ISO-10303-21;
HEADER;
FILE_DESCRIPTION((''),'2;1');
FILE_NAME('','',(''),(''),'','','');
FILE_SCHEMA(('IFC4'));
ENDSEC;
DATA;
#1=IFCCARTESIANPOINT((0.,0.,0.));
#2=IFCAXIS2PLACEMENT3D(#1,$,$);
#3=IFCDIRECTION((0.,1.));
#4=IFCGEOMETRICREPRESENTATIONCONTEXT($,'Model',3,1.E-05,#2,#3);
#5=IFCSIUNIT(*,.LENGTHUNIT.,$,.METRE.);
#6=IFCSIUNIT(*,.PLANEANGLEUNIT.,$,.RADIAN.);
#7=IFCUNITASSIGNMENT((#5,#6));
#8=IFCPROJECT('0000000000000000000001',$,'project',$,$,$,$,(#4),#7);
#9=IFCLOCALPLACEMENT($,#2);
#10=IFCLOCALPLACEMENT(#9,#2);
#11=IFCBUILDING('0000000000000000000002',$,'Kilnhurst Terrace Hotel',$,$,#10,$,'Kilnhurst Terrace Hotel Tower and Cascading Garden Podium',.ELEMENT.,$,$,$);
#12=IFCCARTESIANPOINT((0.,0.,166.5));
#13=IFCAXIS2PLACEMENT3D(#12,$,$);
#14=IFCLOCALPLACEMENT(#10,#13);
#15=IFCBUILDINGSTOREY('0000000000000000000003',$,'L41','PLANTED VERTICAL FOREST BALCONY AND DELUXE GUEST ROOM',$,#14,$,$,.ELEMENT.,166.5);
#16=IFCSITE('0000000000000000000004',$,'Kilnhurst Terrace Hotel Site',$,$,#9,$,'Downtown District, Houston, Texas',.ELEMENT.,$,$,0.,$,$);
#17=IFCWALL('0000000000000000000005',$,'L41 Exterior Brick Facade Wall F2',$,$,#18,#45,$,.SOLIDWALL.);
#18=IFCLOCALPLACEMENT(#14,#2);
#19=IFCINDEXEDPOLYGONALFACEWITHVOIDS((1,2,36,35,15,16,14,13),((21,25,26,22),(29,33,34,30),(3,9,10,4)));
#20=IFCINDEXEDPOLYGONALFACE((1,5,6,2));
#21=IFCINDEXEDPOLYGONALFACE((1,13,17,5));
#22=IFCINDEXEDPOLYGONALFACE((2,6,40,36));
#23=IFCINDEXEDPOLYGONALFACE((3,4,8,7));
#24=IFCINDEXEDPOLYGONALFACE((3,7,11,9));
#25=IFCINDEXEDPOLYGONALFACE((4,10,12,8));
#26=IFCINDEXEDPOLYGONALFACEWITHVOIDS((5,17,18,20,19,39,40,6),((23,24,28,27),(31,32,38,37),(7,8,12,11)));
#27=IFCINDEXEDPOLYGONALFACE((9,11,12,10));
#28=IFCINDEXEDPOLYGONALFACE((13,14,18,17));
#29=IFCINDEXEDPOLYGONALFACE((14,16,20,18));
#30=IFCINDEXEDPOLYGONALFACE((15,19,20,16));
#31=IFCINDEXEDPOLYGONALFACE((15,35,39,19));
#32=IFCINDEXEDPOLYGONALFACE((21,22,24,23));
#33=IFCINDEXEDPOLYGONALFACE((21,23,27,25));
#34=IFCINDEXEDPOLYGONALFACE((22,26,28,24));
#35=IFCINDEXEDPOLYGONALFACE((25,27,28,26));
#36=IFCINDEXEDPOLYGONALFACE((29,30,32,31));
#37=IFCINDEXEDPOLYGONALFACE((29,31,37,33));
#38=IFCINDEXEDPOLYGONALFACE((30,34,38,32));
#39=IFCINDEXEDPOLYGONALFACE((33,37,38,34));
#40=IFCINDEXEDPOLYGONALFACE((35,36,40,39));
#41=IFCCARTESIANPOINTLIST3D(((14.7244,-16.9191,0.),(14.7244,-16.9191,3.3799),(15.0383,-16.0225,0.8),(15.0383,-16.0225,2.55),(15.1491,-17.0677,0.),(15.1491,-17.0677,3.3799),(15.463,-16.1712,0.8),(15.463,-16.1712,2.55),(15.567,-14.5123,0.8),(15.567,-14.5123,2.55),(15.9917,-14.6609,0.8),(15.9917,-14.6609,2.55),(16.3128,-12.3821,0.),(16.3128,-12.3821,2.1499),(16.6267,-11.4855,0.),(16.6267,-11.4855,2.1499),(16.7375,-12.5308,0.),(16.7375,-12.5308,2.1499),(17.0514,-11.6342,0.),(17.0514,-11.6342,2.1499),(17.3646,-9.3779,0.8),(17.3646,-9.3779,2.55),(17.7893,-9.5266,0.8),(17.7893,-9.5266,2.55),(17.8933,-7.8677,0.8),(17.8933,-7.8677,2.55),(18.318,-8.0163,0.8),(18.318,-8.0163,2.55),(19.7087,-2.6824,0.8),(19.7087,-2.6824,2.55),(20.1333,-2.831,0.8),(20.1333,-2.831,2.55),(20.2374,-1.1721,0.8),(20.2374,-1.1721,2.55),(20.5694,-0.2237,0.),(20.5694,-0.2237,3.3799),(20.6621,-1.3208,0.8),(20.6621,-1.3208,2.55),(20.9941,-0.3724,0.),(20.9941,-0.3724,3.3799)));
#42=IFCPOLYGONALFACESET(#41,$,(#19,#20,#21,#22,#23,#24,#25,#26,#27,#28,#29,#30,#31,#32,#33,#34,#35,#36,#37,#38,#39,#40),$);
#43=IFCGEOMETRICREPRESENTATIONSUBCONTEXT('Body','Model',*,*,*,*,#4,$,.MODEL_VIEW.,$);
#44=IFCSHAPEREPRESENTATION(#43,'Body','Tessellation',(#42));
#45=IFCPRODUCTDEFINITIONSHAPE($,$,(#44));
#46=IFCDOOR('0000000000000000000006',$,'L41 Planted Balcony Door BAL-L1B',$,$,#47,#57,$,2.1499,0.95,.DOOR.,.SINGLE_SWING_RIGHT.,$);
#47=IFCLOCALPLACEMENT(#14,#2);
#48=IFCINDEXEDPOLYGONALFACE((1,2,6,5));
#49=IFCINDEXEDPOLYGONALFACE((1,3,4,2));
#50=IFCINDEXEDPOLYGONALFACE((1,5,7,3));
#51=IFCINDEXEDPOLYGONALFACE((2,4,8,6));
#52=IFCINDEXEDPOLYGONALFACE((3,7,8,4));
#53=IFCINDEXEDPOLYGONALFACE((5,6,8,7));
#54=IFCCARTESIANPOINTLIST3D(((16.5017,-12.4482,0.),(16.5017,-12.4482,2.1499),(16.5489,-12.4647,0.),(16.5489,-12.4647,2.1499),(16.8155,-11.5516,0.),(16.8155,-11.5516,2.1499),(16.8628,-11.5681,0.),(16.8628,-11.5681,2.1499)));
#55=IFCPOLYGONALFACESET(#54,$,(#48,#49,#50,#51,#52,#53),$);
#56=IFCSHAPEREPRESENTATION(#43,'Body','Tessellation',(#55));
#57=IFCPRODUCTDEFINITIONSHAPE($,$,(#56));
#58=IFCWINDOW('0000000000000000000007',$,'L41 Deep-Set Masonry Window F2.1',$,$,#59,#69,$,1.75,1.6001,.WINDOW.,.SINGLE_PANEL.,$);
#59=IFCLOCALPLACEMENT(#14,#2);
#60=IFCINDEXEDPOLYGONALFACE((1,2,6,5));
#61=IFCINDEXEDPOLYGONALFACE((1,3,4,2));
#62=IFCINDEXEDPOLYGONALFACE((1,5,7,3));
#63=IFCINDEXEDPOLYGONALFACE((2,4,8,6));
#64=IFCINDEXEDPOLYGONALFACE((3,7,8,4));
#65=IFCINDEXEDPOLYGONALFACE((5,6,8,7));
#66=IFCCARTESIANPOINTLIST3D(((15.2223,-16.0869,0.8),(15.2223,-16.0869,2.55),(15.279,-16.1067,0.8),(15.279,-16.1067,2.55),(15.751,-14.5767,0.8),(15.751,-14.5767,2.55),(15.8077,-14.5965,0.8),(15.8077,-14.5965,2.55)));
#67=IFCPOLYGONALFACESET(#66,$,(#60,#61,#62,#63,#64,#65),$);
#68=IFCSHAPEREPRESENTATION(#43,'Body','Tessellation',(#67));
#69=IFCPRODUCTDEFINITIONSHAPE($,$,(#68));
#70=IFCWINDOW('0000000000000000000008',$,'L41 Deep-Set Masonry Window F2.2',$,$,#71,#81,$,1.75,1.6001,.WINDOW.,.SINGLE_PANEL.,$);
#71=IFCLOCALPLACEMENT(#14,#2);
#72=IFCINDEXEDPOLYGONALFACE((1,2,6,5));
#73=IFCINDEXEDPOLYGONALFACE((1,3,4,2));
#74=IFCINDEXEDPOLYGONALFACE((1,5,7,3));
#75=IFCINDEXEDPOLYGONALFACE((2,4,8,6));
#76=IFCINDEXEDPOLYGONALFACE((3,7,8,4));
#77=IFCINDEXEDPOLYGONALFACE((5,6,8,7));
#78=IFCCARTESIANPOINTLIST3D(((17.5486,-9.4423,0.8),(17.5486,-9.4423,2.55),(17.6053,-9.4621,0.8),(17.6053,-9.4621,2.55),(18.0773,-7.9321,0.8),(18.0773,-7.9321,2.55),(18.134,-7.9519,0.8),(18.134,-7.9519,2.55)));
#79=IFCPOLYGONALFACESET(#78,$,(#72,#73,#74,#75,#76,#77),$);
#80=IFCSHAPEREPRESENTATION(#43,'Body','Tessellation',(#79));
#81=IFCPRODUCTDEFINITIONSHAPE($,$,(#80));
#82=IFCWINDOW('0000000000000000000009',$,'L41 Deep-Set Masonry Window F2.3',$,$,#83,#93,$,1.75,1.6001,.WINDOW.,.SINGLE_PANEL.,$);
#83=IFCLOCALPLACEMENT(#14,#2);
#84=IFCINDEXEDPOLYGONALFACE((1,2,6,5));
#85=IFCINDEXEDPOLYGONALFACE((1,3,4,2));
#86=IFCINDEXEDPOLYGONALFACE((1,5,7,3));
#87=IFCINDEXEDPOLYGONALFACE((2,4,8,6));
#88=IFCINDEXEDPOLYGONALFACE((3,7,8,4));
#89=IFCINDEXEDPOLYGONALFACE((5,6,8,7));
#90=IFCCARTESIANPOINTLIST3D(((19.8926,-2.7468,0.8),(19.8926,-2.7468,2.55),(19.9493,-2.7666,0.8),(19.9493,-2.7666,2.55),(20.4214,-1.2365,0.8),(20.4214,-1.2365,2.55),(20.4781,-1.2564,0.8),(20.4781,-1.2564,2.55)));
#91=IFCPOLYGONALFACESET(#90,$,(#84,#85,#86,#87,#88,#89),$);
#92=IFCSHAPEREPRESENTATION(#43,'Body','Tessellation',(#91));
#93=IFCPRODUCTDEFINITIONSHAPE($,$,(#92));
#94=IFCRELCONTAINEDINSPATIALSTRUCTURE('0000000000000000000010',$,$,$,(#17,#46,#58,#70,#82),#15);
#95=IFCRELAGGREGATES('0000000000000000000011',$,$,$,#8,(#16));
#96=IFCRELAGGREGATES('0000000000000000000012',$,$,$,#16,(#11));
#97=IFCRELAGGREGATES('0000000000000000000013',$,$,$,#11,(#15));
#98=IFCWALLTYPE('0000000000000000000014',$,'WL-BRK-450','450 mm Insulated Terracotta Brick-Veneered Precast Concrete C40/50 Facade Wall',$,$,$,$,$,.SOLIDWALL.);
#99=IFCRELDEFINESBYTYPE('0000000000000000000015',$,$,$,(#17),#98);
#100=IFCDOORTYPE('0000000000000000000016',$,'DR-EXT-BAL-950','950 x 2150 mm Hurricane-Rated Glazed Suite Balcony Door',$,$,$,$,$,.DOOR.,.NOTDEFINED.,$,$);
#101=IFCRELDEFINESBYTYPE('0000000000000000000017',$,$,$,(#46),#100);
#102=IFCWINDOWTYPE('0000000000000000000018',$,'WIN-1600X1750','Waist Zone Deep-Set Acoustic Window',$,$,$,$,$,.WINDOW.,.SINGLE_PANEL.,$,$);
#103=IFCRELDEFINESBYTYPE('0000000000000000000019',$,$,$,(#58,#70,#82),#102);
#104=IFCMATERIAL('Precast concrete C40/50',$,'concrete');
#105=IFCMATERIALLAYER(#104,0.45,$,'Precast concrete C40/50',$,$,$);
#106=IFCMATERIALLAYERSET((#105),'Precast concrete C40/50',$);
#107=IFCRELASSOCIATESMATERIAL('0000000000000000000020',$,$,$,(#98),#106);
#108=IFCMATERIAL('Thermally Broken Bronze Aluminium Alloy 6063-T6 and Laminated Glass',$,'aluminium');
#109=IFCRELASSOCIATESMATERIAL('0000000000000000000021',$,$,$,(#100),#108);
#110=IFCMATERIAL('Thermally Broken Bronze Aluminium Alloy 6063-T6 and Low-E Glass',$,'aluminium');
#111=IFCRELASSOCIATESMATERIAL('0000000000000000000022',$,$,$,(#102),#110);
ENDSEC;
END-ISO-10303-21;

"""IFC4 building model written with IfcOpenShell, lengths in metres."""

from ifc_helpers import new_model, si_unit, direction, frame, frame_2d, origin, place, context, subcontext, project, spatial, rectangle, extrude, material, layer, layer_set, type_object, element, fill, save


model = new_model("IFC4")

# Units and contexts
model_context = context("Model", 3, precision=1e-05, world=origin(), true_north=direction((0.0, 1.0)))
body_context = subcontext(model_context, "Body", "Model", "MODEL_VIEW")
ifc_project = project(units=[si_unit("LENGTHUNIT", "METRE"), si_unit("PLANEANGLEUNIT", "RADIAN")], contexts=[model_context])

# Site, building, storey
site_placement = place(None, origin())
site = spatial("IfcSite", under=ifc_project, at=site_placement, Name="Kilnhurst Terrace Hotel Site", LongName="Downtown District, Houston, Texas", CompositionType="ELEMENT", RefElevation=0.0)
building_placement = place(site_placement, origin())
building = spatial("IfcBuilding", under=site, at=building_placement, Name="Kilnhurst Terrace Hotel", LongName="Kilnhurst Terrace Hotel Tower and Cascading Garden Podium", CompositionType="ELEMENT")
storey_placement = place(building_placement, frame((0.0, 0.0, 166.5)))
storey = spatial("IfcBuildingStorey", under=building, at=storey_placement, Name="L41", Description="PLANTED VERTICAL FOREST BALCONY AND DELUXE GUEST ROOM", CompositionType="ELEMENT", Elevation=166.5)

# Shared definitions
ifc_material_1 = material(Name="Precast concrete C40/50", Category="concrete")
ifc_layer_1 = layer(ifc_material_1, 0.45, Name="Precast concrete C40/50")
ifc_layer_set_1 = layer_set([ifc_layer_1], Name="Precast concrete C40/50")
wall_type_1 = type_object("IfcWallType", Name="WL-BRK-450", Description="450 mm Insulated Terracotta Brick-Veneered Precast Concrete C40/50 Facade Wall", PredefinedType="SOLIDWALL", material=ifc_layer_set_1)

# Wall, openings, door, windows
wall_1_placement = place(storey_placement, frame((14.9368, -16.9934, 0.0), z_axis=(0.0, 0.0, 1.0), x_axis=(0.330432, 0.94383, 0.0)))
wall_1 = element("IfcWall", 1, at=wall_1_placement, inside=storey, type_object=wall_type_1, Name="L41 Exterior Brick Facade Wall F2", PredefinedType="SOLIDWALL", context=body_context, shape_type="SweptSolid", body=[
    extrude(rectangle(XDim=17.689, YDim=0.45, at=frame_2d((8.8445, 0.0))), origin(), (0.0, 0.0, 1.0), 3.3799),
])
opening_1_placement = place(wall_1_placement, frame((4.8069, 0.0, 0.0)))
opening_1 = element("IfcOpeningElement", 2, at=opening_1_placement, cuts=wall_1, PredefinedType="OPENING", context=body_context, shape_type="SweptSolid", body=[
    extrude(rectangle(XDim=0.95, YDim=2.1499, at=frame_2d((0.4751, 1.075))), frame((0.0, 0.2349, 0.0), z_axis=(0.0, -1.0, 0.0), x_axis=(1.0, 0.0, 0.0)), (0.0, 0.0, 1.0), 0.47),
])
opening_2_placement = place(wall_1_placement, frame((0.95, 0.0, 0.8)))
opening_2 = element("IfcOpeningElement", 3, at=opening_2_placement, cuts=wall_1, PredefinedType="OPENING", context=body_context, shape_type="SweptSolid", body=[
    extrude(rectangle(XDim=1.6001, YDim=1.75, at=frame_2d((0.8, 0.875))), frame((0.0, 0.2349, 0.0), z_axis=(0.0, -1.0, 0.0), x_axis=(1.0, 0.0, 0.0)), (0.0, 0.0, 1.0), 0.47),
])
opening_3_placement = place(wall_1_placement, frame((7.99, 0.0, 0.8)))
opening_3 = element("IfcOpeningElement", 4, at=opening_3_placement, cuts=wall_1, PredefinedType="OPENING", context=body_context, shape_type="SweptSolid", body=[
    extrude(rectangle(XDim=1.6001, YDim=1.75, at=frame_2d((0.8, 0.875))), frame((0.0, 0.2349, 0.0), z_axis=(0.0, -1.0, 0.0), x_axis=(1.0, 0.0, 0.0)), (0.0, 0.0, 1.0), 0.47),
])
opening_4_placement = place(wall_1_placement, frame((15.084, 0.0, 0.8)))
opening_4 = element("IfcOpeningElement", 5, at=opening_4_placement, cuts=wall_1, PredefinedType="OPENING", context=body_context, shape_type="SweptSolid", body=[
    extrude(rectangle(XDim=1.6001, YDim=1.75, at=frame_2d((0.8, 0.875))), frame((0.0, 0.2349, 0.0), z_axis=(0.0, -1.0, 0.0), x_axis=(1.0, 0.0, 0.0)), (0.0, 0.0, 1.0), 0.47),
])
ifc_material_2 = material(Name="Thermally Broken Bronze Aluminium Alloy 6063-T6 and Laminated Glass", Category="aluminium")
door_type_1 = type_object("IfcDoorType", Name="DR-EXT-BAL-950", Description="950 x 2150 mm Hurricane-Rated Glazed Suite Balcony Door", OperationType="NOTDEFINED", PredefinedType="DOOR", material=ifc_material_2)
door_1_placement = place(opening_1_placement, origin())
door_1 = element("IfcDoor", 6, at=door_1_placement, inside=storey, type_object=door_type_1, Name="L41 Planted Balcony Door BAL-L1B", OperationType="SINGLE_SWING_RIGHT", OverallHeight=2.1499, OverallWidth=0.95, PredefinedType="DOOR", context=body_context, shape_type="SweptSolid", body=[
    extrude(rectangle(XDim=0.95, YDim=2.1499, at=frame_2d((0.4751, 1.075))), frame((0.0, 0.0249, 0.0), z_axis=(0.0, -1.0, 0.0), x_axis=(1.0, 0.0, 0.0)), (0.0, 0.0, 1.0), 0.05),
])
fill(opening_1, door_1)
ifc_material_3 = material(Name="Thermally Broken Bronze Aluminium Alloy 6063-T6 and Low-E Glass", Category="aluminium")
window_type = type_object("IfcWindowType", Name="WIN-1600X1750", Description="Waist Zone Deep-Set Acoustic Window", PartitioningType="SINGLE_PANEL", PredefinedType="WINDOW", material=ifc_material_3)
window_1_placement = place(opening_2_placement, origin())
window_1 = element("IfcWindow", 7, at=window_1_placement, inside=storey, type_object=window_type, Name="L41 Deep-Set Masonry Window F2.1", OverallHeight=1.75, OverallWidth=1.6001, PartitioningType="SINGLE_PANEL", PredefinedType="WINDOW", context=body_context, shape_type="SweptSolid", body=[
    extrude(rectangle(XDim=1.6001, YDim=1.75, at=frame_2d((0.8, 0.875))), frame((0.0, 0.03, 0.0), z_axis=(0.0, -1.0, 0.0), x_axis=(1.0, 0.0, 0.0)), (0.0, 0.0, 1.0), 0.0601),
])
fill(opening_2, window_1)
window_2_placement = place(opening_3_placement, origin())
window_2 = element("IfcWindow", 8, at=window_2_placement, inside=storey, type_object=window_type, Name="L41 Deep-Set Masonry Window F2.2", OverallHeight=1.75, OverallWidth=1.6001, PartitioningType="SINGLE_PANEL", PredefinedType="WINDOW", context=body_context, shape_type="SweptSolid", body=[
    extrude(rectangle(XDim=1.6001, YDim=1.75, at=frame_2d((0.8, 0.875))), frame((0.0, 0.03, 0.0), z_axis=(0.0, -1.0, 0.0), x_axis=(1.0, 0.0, 0.0)), (0.0, 0.0, 1.0), 0.0601),
])
fill(opening_3, window_2)
window_3_placement = place(opening_4_placement, origin())
window_3 = element("IfcWindow", 9, at=window_3_placement, inside=storey, type_object=window_type, Name="L41 Deep-Set Masonry Window F2.3", OverallHeight=1.75, OverallWidth=1.6001, PartitioningType="SINGLE_PANEL", PredefinedType="WINDOW", context=body_context, shape_type="SweptSolid", body=[
    extrude(rectangle(XDim=1.6001, YDim=1.75, at=frame_2d((0.8, 0.875))), frame((0.0, 0.03, 0.0), z_axis=(0.0, -1.0, 0.0), x_axis=(1.0, 0.0, 0.0)), (0.0, 0.0, 1.0), 0.0601),
])
fill(opening_4, window_3)

save(model, "model.ifc")
